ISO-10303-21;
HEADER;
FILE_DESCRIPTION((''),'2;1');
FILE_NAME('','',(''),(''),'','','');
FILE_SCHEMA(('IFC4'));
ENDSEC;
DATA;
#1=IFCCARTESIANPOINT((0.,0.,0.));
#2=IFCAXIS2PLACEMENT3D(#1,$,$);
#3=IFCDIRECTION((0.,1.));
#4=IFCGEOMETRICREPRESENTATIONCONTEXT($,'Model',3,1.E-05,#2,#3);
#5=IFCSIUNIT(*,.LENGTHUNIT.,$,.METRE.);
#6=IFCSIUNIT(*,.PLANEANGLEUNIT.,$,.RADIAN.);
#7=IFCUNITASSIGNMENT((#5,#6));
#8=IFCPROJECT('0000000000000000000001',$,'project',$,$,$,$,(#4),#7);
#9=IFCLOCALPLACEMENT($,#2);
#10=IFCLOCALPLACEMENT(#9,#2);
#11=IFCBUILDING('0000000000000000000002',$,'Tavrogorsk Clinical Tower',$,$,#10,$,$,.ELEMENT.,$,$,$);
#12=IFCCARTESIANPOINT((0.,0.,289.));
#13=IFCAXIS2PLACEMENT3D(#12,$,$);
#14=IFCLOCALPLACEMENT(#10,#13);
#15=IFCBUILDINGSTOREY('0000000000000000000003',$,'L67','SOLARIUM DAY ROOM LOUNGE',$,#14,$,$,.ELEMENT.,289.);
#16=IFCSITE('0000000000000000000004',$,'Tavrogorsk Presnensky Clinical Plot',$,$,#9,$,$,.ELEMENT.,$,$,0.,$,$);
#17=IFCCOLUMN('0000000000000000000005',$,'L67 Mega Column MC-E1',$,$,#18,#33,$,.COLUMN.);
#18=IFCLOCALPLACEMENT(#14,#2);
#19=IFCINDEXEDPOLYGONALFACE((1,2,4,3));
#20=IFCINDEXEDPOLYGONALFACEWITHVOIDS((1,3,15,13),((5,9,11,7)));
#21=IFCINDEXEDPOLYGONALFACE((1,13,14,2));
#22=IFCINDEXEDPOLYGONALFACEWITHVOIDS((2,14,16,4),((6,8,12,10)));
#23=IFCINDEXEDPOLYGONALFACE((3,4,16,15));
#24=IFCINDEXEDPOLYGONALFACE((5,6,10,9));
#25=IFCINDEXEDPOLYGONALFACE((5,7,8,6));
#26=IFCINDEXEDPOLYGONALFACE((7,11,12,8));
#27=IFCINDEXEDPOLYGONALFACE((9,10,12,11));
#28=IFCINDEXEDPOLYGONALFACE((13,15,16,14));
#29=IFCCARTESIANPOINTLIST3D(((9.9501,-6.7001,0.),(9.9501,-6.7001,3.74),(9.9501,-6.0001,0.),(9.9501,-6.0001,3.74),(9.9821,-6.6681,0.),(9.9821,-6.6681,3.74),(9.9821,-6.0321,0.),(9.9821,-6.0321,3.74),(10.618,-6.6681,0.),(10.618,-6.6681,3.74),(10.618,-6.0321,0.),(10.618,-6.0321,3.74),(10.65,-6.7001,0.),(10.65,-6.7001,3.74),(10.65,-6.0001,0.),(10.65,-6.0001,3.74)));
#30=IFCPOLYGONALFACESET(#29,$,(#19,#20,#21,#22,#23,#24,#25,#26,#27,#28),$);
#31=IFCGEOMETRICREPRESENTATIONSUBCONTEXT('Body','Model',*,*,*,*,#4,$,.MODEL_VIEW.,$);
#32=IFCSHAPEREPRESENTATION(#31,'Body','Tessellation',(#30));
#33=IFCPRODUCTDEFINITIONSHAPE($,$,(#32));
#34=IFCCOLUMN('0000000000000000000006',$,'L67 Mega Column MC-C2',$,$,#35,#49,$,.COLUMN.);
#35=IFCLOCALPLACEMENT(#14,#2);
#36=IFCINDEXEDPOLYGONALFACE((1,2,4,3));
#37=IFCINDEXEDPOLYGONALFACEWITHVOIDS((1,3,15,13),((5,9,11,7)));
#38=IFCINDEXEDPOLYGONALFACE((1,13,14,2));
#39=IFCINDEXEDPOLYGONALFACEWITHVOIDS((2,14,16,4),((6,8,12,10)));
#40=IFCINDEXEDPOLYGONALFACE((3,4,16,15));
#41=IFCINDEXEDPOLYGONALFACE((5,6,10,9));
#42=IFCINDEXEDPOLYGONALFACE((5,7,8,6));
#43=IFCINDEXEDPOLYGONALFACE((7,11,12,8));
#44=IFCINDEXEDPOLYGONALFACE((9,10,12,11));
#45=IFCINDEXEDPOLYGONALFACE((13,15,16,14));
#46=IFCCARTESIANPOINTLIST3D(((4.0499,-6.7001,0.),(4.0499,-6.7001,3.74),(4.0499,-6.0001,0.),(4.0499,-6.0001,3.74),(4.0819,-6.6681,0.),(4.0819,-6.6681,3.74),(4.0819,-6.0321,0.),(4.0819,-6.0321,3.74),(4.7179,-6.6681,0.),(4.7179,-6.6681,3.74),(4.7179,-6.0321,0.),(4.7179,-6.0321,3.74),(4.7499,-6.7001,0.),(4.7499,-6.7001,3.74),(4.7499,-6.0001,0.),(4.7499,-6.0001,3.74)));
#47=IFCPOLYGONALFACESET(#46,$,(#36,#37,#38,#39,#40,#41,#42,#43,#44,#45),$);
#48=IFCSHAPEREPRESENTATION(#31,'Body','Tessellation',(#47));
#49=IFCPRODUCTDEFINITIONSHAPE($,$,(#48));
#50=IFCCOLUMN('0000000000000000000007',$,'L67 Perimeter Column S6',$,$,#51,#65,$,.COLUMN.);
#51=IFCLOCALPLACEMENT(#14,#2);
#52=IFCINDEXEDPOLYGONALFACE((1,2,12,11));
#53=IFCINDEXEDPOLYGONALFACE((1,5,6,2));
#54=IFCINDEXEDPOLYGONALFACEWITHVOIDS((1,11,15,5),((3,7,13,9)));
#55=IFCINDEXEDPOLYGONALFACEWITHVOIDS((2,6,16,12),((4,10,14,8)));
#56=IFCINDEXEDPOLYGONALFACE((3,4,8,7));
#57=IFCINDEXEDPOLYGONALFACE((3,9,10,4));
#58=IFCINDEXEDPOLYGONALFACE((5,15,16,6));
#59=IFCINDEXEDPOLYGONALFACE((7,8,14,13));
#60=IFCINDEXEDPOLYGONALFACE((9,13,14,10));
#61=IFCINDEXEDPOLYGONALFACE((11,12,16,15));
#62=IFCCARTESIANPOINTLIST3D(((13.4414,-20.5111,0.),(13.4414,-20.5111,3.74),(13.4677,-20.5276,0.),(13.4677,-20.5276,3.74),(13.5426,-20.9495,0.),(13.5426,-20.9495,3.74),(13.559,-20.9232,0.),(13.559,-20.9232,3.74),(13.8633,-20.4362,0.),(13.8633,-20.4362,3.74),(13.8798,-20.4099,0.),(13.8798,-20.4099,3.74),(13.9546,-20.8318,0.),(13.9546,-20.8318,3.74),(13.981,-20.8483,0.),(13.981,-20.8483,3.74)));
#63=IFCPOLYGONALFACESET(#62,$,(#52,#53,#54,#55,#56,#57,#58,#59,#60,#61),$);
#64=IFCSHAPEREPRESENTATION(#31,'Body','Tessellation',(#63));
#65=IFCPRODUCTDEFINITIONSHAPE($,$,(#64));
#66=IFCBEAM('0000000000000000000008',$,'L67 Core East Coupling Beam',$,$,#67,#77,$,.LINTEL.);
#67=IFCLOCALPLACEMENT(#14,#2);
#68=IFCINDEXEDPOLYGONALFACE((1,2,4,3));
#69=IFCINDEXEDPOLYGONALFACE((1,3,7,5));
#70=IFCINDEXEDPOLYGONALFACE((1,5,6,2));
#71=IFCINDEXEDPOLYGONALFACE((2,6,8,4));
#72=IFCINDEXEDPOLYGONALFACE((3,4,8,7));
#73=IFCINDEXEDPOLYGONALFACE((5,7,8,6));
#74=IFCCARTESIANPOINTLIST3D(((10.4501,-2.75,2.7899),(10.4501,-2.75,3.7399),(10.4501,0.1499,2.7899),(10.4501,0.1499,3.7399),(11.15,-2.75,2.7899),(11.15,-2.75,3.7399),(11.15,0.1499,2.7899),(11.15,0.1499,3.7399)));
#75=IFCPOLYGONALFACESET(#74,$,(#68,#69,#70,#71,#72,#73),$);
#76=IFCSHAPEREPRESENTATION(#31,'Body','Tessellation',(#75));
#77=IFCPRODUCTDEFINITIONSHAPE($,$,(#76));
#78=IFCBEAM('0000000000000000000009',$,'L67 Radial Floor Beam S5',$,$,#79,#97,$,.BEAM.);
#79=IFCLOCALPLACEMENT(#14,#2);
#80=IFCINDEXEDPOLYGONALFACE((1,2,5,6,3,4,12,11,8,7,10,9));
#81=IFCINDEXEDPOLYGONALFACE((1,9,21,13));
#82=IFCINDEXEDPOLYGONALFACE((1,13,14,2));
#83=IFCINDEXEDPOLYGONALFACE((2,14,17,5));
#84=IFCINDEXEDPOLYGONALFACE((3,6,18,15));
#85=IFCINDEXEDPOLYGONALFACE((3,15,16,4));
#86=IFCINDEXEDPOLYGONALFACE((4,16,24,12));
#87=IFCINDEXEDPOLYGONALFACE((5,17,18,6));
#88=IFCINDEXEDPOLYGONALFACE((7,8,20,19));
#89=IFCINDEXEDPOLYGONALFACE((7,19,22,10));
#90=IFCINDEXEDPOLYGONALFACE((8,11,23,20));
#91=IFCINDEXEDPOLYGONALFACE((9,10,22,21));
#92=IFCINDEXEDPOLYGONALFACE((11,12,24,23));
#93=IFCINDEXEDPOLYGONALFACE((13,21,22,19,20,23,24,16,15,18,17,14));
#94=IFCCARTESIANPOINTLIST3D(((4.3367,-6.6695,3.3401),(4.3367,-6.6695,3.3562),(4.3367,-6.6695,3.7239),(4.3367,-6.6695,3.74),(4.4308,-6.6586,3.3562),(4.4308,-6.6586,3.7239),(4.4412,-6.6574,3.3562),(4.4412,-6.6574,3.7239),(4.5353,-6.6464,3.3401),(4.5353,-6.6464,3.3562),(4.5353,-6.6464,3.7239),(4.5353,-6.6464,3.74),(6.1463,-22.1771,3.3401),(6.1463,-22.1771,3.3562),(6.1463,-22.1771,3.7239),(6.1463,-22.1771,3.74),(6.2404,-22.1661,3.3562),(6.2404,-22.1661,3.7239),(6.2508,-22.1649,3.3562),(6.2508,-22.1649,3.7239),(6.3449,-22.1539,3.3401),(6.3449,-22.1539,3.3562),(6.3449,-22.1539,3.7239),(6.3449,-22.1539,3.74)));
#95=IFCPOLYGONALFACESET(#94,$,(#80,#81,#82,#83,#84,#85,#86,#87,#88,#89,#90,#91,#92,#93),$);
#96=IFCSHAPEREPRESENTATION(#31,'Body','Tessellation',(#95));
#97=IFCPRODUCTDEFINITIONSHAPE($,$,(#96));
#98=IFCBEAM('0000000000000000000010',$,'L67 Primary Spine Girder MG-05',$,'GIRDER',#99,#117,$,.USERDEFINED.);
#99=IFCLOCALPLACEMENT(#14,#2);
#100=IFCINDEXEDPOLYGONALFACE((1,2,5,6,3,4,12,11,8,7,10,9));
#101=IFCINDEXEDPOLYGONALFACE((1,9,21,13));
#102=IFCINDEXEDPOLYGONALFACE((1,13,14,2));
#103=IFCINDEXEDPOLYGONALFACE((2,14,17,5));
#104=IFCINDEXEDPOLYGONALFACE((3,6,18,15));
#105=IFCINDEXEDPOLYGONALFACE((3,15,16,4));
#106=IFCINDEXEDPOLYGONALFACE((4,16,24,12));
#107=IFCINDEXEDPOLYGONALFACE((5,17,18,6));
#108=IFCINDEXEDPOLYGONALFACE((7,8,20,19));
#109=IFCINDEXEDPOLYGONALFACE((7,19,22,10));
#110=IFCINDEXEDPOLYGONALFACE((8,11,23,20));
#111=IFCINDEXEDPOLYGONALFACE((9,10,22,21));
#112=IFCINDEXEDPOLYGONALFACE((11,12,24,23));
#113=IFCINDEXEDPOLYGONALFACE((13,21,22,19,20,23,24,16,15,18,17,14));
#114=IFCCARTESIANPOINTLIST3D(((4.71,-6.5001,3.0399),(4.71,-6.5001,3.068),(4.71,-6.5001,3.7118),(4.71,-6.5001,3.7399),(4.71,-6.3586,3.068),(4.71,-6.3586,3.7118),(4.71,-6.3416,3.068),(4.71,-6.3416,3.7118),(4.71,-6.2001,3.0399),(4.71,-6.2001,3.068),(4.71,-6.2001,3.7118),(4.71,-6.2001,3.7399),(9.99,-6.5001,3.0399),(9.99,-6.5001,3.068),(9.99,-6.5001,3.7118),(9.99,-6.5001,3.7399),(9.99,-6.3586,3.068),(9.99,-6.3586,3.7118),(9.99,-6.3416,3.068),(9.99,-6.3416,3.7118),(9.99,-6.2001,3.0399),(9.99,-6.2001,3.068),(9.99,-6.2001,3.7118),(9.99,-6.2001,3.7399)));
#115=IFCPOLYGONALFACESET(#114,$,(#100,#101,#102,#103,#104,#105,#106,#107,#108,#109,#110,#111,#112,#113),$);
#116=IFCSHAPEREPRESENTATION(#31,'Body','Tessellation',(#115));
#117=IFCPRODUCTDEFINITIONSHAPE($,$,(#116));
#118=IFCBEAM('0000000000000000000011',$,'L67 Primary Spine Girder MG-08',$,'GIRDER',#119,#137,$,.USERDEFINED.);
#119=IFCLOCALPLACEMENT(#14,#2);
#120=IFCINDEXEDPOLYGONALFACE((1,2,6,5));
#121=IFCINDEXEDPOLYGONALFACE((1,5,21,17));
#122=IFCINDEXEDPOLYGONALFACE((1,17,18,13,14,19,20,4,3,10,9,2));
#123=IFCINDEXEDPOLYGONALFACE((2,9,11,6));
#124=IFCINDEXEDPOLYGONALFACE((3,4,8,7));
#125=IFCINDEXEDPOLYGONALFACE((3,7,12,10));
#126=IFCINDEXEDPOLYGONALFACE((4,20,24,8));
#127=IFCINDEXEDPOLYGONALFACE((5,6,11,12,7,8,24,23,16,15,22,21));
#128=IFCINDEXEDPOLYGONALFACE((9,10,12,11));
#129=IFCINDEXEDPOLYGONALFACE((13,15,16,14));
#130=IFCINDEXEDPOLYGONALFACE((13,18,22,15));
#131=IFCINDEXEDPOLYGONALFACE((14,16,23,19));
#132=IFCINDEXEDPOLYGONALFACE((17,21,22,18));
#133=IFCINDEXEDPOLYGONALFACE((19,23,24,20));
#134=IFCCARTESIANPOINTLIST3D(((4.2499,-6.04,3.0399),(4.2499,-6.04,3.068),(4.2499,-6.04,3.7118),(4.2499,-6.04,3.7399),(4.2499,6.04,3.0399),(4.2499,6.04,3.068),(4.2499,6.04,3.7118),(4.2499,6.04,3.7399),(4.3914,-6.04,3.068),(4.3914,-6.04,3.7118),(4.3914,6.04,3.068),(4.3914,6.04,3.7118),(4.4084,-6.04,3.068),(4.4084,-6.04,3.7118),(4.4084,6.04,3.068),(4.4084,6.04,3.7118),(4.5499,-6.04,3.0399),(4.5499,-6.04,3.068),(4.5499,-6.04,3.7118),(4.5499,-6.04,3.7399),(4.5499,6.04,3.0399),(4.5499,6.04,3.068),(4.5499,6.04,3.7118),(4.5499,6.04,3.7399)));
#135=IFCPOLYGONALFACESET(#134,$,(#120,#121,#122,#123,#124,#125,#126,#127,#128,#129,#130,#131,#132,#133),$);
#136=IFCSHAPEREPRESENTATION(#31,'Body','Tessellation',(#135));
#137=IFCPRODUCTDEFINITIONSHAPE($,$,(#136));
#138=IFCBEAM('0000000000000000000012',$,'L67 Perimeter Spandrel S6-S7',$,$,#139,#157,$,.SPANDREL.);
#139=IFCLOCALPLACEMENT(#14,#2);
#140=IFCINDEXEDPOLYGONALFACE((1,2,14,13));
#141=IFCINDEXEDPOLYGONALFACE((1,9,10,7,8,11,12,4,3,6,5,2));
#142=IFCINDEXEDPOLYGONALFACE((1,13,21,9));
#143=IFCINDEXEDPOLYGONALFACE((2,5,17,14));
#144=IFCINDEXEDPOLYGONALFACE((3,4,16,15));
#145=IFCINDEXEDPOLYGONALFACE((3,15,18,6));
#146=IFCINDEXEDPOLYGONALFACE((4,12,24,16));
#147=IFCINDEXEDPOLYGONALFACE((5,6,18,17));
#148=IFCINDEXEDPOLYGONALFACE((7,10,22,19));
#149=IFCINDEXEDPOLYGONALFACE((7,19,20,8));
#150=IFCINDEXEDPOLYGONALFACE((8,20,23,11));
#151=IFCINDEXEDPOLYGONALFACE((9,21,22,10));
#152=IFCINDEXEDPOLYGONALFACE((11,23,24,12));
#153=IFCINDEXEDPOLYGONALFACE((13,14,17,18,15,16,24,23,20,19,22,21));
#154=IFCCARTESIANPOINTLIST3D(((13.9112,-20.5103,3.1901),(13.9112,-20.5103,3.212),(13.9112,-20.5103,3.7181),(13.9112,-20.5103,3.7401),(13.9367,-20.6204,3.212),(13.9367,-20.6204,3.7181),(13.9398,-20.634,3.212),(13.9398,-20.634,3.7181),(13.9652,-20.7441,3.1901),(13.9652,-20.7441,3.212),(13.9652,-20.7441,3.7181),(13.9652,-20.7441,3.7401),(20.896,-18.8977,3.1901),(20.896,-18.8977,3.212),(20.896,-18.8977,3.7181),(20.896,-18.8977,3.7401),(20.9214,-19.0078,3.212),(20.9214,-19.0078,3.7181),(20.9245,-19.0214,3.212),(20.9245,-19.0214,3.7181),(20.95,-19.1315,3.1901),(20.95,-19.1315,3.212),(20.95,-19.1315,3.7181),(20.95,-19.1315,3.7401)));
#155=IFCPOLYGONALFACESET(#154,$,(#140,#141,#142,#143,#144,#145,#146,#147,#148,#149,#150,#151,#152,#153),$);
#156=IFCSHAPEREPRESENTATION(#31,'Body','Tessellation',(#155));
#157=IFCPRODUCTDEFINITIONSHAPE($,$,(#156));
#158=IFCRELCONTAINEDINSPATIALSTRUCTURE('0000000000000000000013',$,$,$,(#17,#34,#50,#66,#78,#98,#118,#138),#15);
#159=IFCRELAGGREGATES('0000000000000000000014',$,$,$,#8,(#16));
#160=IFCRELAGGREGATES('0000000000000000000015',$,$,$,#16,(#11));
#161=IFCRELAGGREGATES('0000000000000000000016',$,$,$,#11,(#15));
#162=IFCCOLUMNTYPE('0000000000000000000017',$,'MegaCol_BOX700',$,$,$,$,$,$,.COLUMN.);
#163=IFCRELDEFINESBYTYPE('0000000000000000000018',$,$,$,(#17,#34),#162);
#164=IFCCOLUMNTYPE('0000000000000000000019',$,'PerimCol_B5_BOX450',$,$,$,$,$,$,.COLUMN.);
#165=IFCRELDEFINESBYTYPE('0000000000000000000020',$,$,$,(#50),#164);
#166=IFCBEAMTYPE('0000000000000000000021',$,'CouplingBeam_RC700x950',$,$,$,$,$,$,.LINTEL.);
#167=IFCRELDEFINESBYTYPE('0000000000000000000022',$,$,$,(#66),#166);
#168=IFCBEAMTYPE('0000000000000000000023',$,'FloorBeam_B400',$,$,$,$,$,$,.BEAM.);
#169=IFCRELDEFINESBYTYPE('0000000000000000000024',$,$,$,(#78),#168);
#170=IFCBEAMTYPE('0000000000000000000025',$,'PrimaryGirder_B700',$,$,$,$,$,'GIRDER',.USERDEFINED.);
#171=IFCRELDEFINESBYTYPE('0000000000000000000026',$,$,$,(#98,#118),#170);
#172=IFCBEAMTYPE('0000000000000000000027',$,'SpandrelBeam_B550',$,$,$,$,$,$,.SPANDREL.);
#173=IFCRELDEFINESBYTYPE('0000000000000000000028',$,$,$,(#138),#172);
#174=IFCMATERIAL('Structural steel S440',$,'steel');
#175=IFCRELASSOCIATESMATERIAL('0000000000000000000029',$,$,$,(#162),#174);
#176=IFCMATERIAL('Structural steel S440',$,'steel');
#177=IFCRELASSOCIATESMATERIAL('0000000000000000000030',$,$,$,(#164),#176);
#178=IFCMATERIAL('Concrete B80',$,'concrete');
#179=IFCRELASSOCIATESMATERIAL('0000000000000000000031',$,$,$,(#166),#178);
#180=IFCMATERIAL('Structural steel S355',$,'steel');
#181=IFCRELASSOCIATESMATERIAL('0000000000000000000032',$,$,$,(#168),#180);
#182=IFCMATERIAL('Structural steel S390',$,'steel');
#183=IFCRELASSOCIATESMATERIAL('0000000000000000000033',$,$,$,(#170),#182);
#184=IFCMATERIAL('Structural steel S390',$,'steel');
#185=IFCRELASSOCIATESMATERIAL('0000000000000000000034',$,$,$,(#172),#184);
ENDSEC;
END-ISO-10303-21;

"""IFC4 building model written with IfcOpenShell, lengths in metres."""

from ifc_helpers import new_model, si_unit, direction, frame, origin, origin_2d, place, context, subcontext, project, spatial, rectangle, hollow_rectangle, i_section, extrude, material, material_profile, profile_set, type_object, element, save


model = new_model("IFC4")

# Units and contexts
model_context = context("Model", 3, precision=1e-05, world=origin(), true_north=direction((0.0, 1.0)))
body_context = subcontext(model_context, "Body", "Model", "MODEL_VIEW")
ifc_project = project(units=[si_unit("LENGTHUNIT", "METRE"), si_unit("PLANEANGLEUNIT", "RADIAN")], contexts=[model_context])

# Site, building, storey
site_placement = place(None, origin())
site = spatial("IfcSite", under=ifc_project, at=site_placement, Name="Tavrogorsk Presnensky Clinical Plot", CompositionType="ELEMENT", RefElevation=0.0)
building_placement = place(site_placement, origin())
building = spatial("IfcBuilding", under=site, at=building_placement, Name="Tavrogorsk Clinical Tower", CompositionType="ELEMENT")
storey_placement = place(building_placement, frame((0.0, 0.0, 289.0)))
storey = spatial("IfcBuildingStorey", under=building, at=storey_placement, Name="L67", Description="SOLARIUM DAY ROOM LOUNGE", CompositionType="ELEMENT", Elevation=289.0)

# Columns
ifc_material_1 = material(Name="Structural steel S440", Category="steel")
ifc_material_profile_1 = material_profile(ifc_material_1, hollow_rectangle(XDim=0.7, YDim=0.7, WallThickness=0.032, at=origin_2d()), Name="BOX-700x700x32")
ifc_profile_set_1 = profile_set([ifc_material_profile_1], Name="Structural steel S440")
column_type_1 = type_object("IfcColumnType", Name="MegaCol_BOX700", PredefinedType="COLUMN", material=ifc_profile_set_1)
for number, where, z_axis, x_axis, name in (
    (1, (10.3, -6.3501, 0.0), (0.0, 0.0, 1.0), (1.0, 0.0, 0.0), "L67 Mega Column MC-E1"),
    (2, (4.3999, -6.3501, 0.0), (0.0, 0.0, 1.0), (1.0, 0.0, 0.0), "L67 Mega Column MC-C2"),
):
    element("IfcColumn", number, at=place(storey_placement, frame(where, z_axis=z_axis, x_axis=x_axis)), inside=storey, type_object=column_type_1, Name=name, PredefinedType="COLUMN", context=body_context, shape_type="SweptSolid", body=[
        extrude(hollow_rectangle(XDim=0.7, YDim=0.7, WallThickness=0.032, at=origin_2d()), origin(), (0.0, 0.0, 1.0), 3.74),
    ])
ifc_material_2 = material(Name="Structural steel S440", Category="steel")
ifc_material_profile_2 = material_profile(ifc_material_2, hollow_rectangle(XDim=0.45, YDim=0.45, WallThickness=0.022, at=origin_2d()), Name="BOX-450x450x22")
ifc_profile_set_2 = profile_set([ifc_material_profile_2], Name="Structural steel S440")
column_type_2 = type_object("IfcColumnType", Name="PerimCol_B5_BOX450", PredefinedType="COLUMN", material=ifc_profile_set_2)
column_placement = place(storey_placement, frame((13.7112, -20.6797, 0.0), z_axis=(0.0, 0.0, 1.0), x_axis=(0.97437, 0.224951, 0.0)))
element("IfcColumn", 3, at=column_placement, inside=storey, type_object=column_type_2, Name="L67 Perimeter Column S6", PredefinedType="COLUMN", context=body_context, shape_type="SweptSolid", body=[
    extrude(hollow_rectangle(XDim=0.45, YDim=0.45, WallThickness=0.022, at=origin_2d()), origin(), (0.0, 0.0, 1.0), 3.74),
])

# Beams
ifc_material_3 = material(Name="Concrete B80", Category="concrete")
ifc_material_profile_3 = material_profile(ifc_material_3, rectangle(XDim=0.7, YDim=0.95, at=origin_2d()), Name="RC-CB-700x950")
ifc_profile_set_3 = profile_set([ifc_material_profile_3], Name="Concrete B80")
beam_type_1 = type_object("IfcBeamType", Name="CouplingBeam_RC700x950", PredefinedType="LINTEL", material=ifc_profile_set_3)
beam_1_placement = place(storey_placement, frame((10.8, -2.75, 3.2649), z_axis=(0.0, 1.0, 0.0), x_axis=(-1.0, 0.0, 0.0)))
element("IfcBeam", 4, at=beam_1_placement, inside=storey, type_object=beam_type_1, Name="L67 Core East Coupling Beam", PredefinedType="LINTEL", context=body_context, shape_type="SweptSolid", body=[
    extrude(rectangle(XDim=0.7, YDim=0.95, at=origin_2d()), origin(), (0.0, 0.0, 1.0), 2.8999),
])
ifc_material_4 = material(Name="Structural steel S355", Category="steel")
ifc_material_profile_4 = material_profile(ifc_material_4, i_section(OverallWidth=0.2, OverallDepth=0.3999, WebThickness=0.0105, FlangeThickness=0.0161, at=origin_2d()), Name="B-400x200x10.5x16")
ifc_profile_set_4 = profile_set([ifc_material_profile_4], Name="Structural steel S355")
beam_type_2 = type_object("IfcBeamType", Name="FloorBeam_B400", PredefinedType="BEAM", material=ifc_profile_set_4)
beam_2_placement = place(storey_placement, frame((4.436, -6.658, 3.54), z_axis=(0.115903, -0.993261, 0.0), x_axis=(0.993261, 0.115903, 0.0)))
element("IfcBeam", 5, at=beam_2_placement, inside=storey, type_object=beam_type_2, Name="L67 Radial Floor Beam S5", PredefinedType="BEAM", context=body_context, shape_type="SweptSolid", body=[
    extrude(i_section(OverallWidth=0.2, OverallDepth=0.3999, WebThickness=0.0105, FlangeThickness=0.0161, at=origin_2d()), origin(), (0.0, 0.0, 1.0), 15.6128),
])
ifc_material_5 = material(Name="Structural steel S390", Category="steel")
ifc_material_profile_5 = material_profile(ifc_material_5, i_section(OverallWidth=0.3, OverallDepth=0.7, WebThickness=0.0171, FlangeThickness=0.0281, at=origin_2d()), Name="B-700x300x17x28")
ifc_profile_set_5 = profile_set([ifc_material_profile_5], Name="Structural steel S390")
beam_type_3 = type_object("IfcBeamType", Name="PrimaryGirder_B700", ElementType="GIRDER", PredefinedType="USERDEFINED", material=ifc_profile_set_5)
beam_3_placement = place(storey_placement, frame((4.71, -6.3501, 3.3899), z_axis=(1.0, 0.0, 0.0), x_axis=(0.0, 1.0, 0.0)))
element("IfcBeam", 6, at=beam_3_placement, inside=storey, type_object=beam_type_3, Name="L67 Primary Spine Girder MG-05", ObjectType="GIRDER", PredefinedType="USERDEFINED", context=body_context, shape_type="SweptSolid", body=[
    extrude(i_section(OverallWidth=0.3, OverallDepth=0.7, WebThickness=0.0171, FlangeThickness=0.0281, at=origin_2d()), origin(), (0.0, 0.0, 1.0), 5.28),
])
beam_4_placement = place(storey_placement, frame((4.3999, -6.04, 3.3899), z_axis=(0.0, 1.0, 0.0), x_axis=(-1.0, 0.0, 0.0)))
element("IfcBeam", 7, at=beam_4_placement, inside=storey, type_object=beam_type_3, Name="L67 Primary Spine Girder MG-08", ObjectType="GIRDER", PredefinedType="USERDEFINED", context=body_context, shape_type="SweptSolid", body=[
    extrude(i_section(OverallWidth=0.3, OverallDepth=0.7, WebThickness=0.0171, FlangeThickness=0.0281, at=origin_2d()), origin(), (0.0, 0.0, 1.0), 12.0801),
])
ifc_material_6 = material(Name="Structural steel S390", Category="steel")
ifc_material_profile_6 = material_profile(ifc_material_6, i_section(OverallWidth=0.24, OverallDepth=0.55, WebThickness=0.0139, FlangeThickness=0.022, at=origin_2d()), Name="B-550x240x14x22")
ifc_profile_set_6 = profile_set([ifc_material_profile_6], Name="Structural steel S390")
beam_type_4 = type_object("IfcBeamType", Name="SpandrelBeam_B550", PredefinedType="SPANDREL", material=ifc_profile_set_6)
beam_5_placement = place(storey_placement, frame((13.9382, -20.6272, 3.4651), z_axis=(0.974369, 0.224954, 0.0), x_axis=(-0.224954, 0.974369, 0.0)))
element("IfcBeam", 8, at=beam_5_placement, inside=storey, type_object=beam_type_4, Name="L67 Perimeter Spandrel S6-S7", PredefinedType="SPANDREL", context=body_context, shape_type="SweptSolid", body=[
    extrude(i_section(OverallWidth=0.24, OverallDepth=0.55, WebThickness=0.0139, FlangeThickness=0.022, at=origin_2d()), origin(), (0.0, 0.0, 1.0), 7.1685),
])

save(model, "model.ifc")
